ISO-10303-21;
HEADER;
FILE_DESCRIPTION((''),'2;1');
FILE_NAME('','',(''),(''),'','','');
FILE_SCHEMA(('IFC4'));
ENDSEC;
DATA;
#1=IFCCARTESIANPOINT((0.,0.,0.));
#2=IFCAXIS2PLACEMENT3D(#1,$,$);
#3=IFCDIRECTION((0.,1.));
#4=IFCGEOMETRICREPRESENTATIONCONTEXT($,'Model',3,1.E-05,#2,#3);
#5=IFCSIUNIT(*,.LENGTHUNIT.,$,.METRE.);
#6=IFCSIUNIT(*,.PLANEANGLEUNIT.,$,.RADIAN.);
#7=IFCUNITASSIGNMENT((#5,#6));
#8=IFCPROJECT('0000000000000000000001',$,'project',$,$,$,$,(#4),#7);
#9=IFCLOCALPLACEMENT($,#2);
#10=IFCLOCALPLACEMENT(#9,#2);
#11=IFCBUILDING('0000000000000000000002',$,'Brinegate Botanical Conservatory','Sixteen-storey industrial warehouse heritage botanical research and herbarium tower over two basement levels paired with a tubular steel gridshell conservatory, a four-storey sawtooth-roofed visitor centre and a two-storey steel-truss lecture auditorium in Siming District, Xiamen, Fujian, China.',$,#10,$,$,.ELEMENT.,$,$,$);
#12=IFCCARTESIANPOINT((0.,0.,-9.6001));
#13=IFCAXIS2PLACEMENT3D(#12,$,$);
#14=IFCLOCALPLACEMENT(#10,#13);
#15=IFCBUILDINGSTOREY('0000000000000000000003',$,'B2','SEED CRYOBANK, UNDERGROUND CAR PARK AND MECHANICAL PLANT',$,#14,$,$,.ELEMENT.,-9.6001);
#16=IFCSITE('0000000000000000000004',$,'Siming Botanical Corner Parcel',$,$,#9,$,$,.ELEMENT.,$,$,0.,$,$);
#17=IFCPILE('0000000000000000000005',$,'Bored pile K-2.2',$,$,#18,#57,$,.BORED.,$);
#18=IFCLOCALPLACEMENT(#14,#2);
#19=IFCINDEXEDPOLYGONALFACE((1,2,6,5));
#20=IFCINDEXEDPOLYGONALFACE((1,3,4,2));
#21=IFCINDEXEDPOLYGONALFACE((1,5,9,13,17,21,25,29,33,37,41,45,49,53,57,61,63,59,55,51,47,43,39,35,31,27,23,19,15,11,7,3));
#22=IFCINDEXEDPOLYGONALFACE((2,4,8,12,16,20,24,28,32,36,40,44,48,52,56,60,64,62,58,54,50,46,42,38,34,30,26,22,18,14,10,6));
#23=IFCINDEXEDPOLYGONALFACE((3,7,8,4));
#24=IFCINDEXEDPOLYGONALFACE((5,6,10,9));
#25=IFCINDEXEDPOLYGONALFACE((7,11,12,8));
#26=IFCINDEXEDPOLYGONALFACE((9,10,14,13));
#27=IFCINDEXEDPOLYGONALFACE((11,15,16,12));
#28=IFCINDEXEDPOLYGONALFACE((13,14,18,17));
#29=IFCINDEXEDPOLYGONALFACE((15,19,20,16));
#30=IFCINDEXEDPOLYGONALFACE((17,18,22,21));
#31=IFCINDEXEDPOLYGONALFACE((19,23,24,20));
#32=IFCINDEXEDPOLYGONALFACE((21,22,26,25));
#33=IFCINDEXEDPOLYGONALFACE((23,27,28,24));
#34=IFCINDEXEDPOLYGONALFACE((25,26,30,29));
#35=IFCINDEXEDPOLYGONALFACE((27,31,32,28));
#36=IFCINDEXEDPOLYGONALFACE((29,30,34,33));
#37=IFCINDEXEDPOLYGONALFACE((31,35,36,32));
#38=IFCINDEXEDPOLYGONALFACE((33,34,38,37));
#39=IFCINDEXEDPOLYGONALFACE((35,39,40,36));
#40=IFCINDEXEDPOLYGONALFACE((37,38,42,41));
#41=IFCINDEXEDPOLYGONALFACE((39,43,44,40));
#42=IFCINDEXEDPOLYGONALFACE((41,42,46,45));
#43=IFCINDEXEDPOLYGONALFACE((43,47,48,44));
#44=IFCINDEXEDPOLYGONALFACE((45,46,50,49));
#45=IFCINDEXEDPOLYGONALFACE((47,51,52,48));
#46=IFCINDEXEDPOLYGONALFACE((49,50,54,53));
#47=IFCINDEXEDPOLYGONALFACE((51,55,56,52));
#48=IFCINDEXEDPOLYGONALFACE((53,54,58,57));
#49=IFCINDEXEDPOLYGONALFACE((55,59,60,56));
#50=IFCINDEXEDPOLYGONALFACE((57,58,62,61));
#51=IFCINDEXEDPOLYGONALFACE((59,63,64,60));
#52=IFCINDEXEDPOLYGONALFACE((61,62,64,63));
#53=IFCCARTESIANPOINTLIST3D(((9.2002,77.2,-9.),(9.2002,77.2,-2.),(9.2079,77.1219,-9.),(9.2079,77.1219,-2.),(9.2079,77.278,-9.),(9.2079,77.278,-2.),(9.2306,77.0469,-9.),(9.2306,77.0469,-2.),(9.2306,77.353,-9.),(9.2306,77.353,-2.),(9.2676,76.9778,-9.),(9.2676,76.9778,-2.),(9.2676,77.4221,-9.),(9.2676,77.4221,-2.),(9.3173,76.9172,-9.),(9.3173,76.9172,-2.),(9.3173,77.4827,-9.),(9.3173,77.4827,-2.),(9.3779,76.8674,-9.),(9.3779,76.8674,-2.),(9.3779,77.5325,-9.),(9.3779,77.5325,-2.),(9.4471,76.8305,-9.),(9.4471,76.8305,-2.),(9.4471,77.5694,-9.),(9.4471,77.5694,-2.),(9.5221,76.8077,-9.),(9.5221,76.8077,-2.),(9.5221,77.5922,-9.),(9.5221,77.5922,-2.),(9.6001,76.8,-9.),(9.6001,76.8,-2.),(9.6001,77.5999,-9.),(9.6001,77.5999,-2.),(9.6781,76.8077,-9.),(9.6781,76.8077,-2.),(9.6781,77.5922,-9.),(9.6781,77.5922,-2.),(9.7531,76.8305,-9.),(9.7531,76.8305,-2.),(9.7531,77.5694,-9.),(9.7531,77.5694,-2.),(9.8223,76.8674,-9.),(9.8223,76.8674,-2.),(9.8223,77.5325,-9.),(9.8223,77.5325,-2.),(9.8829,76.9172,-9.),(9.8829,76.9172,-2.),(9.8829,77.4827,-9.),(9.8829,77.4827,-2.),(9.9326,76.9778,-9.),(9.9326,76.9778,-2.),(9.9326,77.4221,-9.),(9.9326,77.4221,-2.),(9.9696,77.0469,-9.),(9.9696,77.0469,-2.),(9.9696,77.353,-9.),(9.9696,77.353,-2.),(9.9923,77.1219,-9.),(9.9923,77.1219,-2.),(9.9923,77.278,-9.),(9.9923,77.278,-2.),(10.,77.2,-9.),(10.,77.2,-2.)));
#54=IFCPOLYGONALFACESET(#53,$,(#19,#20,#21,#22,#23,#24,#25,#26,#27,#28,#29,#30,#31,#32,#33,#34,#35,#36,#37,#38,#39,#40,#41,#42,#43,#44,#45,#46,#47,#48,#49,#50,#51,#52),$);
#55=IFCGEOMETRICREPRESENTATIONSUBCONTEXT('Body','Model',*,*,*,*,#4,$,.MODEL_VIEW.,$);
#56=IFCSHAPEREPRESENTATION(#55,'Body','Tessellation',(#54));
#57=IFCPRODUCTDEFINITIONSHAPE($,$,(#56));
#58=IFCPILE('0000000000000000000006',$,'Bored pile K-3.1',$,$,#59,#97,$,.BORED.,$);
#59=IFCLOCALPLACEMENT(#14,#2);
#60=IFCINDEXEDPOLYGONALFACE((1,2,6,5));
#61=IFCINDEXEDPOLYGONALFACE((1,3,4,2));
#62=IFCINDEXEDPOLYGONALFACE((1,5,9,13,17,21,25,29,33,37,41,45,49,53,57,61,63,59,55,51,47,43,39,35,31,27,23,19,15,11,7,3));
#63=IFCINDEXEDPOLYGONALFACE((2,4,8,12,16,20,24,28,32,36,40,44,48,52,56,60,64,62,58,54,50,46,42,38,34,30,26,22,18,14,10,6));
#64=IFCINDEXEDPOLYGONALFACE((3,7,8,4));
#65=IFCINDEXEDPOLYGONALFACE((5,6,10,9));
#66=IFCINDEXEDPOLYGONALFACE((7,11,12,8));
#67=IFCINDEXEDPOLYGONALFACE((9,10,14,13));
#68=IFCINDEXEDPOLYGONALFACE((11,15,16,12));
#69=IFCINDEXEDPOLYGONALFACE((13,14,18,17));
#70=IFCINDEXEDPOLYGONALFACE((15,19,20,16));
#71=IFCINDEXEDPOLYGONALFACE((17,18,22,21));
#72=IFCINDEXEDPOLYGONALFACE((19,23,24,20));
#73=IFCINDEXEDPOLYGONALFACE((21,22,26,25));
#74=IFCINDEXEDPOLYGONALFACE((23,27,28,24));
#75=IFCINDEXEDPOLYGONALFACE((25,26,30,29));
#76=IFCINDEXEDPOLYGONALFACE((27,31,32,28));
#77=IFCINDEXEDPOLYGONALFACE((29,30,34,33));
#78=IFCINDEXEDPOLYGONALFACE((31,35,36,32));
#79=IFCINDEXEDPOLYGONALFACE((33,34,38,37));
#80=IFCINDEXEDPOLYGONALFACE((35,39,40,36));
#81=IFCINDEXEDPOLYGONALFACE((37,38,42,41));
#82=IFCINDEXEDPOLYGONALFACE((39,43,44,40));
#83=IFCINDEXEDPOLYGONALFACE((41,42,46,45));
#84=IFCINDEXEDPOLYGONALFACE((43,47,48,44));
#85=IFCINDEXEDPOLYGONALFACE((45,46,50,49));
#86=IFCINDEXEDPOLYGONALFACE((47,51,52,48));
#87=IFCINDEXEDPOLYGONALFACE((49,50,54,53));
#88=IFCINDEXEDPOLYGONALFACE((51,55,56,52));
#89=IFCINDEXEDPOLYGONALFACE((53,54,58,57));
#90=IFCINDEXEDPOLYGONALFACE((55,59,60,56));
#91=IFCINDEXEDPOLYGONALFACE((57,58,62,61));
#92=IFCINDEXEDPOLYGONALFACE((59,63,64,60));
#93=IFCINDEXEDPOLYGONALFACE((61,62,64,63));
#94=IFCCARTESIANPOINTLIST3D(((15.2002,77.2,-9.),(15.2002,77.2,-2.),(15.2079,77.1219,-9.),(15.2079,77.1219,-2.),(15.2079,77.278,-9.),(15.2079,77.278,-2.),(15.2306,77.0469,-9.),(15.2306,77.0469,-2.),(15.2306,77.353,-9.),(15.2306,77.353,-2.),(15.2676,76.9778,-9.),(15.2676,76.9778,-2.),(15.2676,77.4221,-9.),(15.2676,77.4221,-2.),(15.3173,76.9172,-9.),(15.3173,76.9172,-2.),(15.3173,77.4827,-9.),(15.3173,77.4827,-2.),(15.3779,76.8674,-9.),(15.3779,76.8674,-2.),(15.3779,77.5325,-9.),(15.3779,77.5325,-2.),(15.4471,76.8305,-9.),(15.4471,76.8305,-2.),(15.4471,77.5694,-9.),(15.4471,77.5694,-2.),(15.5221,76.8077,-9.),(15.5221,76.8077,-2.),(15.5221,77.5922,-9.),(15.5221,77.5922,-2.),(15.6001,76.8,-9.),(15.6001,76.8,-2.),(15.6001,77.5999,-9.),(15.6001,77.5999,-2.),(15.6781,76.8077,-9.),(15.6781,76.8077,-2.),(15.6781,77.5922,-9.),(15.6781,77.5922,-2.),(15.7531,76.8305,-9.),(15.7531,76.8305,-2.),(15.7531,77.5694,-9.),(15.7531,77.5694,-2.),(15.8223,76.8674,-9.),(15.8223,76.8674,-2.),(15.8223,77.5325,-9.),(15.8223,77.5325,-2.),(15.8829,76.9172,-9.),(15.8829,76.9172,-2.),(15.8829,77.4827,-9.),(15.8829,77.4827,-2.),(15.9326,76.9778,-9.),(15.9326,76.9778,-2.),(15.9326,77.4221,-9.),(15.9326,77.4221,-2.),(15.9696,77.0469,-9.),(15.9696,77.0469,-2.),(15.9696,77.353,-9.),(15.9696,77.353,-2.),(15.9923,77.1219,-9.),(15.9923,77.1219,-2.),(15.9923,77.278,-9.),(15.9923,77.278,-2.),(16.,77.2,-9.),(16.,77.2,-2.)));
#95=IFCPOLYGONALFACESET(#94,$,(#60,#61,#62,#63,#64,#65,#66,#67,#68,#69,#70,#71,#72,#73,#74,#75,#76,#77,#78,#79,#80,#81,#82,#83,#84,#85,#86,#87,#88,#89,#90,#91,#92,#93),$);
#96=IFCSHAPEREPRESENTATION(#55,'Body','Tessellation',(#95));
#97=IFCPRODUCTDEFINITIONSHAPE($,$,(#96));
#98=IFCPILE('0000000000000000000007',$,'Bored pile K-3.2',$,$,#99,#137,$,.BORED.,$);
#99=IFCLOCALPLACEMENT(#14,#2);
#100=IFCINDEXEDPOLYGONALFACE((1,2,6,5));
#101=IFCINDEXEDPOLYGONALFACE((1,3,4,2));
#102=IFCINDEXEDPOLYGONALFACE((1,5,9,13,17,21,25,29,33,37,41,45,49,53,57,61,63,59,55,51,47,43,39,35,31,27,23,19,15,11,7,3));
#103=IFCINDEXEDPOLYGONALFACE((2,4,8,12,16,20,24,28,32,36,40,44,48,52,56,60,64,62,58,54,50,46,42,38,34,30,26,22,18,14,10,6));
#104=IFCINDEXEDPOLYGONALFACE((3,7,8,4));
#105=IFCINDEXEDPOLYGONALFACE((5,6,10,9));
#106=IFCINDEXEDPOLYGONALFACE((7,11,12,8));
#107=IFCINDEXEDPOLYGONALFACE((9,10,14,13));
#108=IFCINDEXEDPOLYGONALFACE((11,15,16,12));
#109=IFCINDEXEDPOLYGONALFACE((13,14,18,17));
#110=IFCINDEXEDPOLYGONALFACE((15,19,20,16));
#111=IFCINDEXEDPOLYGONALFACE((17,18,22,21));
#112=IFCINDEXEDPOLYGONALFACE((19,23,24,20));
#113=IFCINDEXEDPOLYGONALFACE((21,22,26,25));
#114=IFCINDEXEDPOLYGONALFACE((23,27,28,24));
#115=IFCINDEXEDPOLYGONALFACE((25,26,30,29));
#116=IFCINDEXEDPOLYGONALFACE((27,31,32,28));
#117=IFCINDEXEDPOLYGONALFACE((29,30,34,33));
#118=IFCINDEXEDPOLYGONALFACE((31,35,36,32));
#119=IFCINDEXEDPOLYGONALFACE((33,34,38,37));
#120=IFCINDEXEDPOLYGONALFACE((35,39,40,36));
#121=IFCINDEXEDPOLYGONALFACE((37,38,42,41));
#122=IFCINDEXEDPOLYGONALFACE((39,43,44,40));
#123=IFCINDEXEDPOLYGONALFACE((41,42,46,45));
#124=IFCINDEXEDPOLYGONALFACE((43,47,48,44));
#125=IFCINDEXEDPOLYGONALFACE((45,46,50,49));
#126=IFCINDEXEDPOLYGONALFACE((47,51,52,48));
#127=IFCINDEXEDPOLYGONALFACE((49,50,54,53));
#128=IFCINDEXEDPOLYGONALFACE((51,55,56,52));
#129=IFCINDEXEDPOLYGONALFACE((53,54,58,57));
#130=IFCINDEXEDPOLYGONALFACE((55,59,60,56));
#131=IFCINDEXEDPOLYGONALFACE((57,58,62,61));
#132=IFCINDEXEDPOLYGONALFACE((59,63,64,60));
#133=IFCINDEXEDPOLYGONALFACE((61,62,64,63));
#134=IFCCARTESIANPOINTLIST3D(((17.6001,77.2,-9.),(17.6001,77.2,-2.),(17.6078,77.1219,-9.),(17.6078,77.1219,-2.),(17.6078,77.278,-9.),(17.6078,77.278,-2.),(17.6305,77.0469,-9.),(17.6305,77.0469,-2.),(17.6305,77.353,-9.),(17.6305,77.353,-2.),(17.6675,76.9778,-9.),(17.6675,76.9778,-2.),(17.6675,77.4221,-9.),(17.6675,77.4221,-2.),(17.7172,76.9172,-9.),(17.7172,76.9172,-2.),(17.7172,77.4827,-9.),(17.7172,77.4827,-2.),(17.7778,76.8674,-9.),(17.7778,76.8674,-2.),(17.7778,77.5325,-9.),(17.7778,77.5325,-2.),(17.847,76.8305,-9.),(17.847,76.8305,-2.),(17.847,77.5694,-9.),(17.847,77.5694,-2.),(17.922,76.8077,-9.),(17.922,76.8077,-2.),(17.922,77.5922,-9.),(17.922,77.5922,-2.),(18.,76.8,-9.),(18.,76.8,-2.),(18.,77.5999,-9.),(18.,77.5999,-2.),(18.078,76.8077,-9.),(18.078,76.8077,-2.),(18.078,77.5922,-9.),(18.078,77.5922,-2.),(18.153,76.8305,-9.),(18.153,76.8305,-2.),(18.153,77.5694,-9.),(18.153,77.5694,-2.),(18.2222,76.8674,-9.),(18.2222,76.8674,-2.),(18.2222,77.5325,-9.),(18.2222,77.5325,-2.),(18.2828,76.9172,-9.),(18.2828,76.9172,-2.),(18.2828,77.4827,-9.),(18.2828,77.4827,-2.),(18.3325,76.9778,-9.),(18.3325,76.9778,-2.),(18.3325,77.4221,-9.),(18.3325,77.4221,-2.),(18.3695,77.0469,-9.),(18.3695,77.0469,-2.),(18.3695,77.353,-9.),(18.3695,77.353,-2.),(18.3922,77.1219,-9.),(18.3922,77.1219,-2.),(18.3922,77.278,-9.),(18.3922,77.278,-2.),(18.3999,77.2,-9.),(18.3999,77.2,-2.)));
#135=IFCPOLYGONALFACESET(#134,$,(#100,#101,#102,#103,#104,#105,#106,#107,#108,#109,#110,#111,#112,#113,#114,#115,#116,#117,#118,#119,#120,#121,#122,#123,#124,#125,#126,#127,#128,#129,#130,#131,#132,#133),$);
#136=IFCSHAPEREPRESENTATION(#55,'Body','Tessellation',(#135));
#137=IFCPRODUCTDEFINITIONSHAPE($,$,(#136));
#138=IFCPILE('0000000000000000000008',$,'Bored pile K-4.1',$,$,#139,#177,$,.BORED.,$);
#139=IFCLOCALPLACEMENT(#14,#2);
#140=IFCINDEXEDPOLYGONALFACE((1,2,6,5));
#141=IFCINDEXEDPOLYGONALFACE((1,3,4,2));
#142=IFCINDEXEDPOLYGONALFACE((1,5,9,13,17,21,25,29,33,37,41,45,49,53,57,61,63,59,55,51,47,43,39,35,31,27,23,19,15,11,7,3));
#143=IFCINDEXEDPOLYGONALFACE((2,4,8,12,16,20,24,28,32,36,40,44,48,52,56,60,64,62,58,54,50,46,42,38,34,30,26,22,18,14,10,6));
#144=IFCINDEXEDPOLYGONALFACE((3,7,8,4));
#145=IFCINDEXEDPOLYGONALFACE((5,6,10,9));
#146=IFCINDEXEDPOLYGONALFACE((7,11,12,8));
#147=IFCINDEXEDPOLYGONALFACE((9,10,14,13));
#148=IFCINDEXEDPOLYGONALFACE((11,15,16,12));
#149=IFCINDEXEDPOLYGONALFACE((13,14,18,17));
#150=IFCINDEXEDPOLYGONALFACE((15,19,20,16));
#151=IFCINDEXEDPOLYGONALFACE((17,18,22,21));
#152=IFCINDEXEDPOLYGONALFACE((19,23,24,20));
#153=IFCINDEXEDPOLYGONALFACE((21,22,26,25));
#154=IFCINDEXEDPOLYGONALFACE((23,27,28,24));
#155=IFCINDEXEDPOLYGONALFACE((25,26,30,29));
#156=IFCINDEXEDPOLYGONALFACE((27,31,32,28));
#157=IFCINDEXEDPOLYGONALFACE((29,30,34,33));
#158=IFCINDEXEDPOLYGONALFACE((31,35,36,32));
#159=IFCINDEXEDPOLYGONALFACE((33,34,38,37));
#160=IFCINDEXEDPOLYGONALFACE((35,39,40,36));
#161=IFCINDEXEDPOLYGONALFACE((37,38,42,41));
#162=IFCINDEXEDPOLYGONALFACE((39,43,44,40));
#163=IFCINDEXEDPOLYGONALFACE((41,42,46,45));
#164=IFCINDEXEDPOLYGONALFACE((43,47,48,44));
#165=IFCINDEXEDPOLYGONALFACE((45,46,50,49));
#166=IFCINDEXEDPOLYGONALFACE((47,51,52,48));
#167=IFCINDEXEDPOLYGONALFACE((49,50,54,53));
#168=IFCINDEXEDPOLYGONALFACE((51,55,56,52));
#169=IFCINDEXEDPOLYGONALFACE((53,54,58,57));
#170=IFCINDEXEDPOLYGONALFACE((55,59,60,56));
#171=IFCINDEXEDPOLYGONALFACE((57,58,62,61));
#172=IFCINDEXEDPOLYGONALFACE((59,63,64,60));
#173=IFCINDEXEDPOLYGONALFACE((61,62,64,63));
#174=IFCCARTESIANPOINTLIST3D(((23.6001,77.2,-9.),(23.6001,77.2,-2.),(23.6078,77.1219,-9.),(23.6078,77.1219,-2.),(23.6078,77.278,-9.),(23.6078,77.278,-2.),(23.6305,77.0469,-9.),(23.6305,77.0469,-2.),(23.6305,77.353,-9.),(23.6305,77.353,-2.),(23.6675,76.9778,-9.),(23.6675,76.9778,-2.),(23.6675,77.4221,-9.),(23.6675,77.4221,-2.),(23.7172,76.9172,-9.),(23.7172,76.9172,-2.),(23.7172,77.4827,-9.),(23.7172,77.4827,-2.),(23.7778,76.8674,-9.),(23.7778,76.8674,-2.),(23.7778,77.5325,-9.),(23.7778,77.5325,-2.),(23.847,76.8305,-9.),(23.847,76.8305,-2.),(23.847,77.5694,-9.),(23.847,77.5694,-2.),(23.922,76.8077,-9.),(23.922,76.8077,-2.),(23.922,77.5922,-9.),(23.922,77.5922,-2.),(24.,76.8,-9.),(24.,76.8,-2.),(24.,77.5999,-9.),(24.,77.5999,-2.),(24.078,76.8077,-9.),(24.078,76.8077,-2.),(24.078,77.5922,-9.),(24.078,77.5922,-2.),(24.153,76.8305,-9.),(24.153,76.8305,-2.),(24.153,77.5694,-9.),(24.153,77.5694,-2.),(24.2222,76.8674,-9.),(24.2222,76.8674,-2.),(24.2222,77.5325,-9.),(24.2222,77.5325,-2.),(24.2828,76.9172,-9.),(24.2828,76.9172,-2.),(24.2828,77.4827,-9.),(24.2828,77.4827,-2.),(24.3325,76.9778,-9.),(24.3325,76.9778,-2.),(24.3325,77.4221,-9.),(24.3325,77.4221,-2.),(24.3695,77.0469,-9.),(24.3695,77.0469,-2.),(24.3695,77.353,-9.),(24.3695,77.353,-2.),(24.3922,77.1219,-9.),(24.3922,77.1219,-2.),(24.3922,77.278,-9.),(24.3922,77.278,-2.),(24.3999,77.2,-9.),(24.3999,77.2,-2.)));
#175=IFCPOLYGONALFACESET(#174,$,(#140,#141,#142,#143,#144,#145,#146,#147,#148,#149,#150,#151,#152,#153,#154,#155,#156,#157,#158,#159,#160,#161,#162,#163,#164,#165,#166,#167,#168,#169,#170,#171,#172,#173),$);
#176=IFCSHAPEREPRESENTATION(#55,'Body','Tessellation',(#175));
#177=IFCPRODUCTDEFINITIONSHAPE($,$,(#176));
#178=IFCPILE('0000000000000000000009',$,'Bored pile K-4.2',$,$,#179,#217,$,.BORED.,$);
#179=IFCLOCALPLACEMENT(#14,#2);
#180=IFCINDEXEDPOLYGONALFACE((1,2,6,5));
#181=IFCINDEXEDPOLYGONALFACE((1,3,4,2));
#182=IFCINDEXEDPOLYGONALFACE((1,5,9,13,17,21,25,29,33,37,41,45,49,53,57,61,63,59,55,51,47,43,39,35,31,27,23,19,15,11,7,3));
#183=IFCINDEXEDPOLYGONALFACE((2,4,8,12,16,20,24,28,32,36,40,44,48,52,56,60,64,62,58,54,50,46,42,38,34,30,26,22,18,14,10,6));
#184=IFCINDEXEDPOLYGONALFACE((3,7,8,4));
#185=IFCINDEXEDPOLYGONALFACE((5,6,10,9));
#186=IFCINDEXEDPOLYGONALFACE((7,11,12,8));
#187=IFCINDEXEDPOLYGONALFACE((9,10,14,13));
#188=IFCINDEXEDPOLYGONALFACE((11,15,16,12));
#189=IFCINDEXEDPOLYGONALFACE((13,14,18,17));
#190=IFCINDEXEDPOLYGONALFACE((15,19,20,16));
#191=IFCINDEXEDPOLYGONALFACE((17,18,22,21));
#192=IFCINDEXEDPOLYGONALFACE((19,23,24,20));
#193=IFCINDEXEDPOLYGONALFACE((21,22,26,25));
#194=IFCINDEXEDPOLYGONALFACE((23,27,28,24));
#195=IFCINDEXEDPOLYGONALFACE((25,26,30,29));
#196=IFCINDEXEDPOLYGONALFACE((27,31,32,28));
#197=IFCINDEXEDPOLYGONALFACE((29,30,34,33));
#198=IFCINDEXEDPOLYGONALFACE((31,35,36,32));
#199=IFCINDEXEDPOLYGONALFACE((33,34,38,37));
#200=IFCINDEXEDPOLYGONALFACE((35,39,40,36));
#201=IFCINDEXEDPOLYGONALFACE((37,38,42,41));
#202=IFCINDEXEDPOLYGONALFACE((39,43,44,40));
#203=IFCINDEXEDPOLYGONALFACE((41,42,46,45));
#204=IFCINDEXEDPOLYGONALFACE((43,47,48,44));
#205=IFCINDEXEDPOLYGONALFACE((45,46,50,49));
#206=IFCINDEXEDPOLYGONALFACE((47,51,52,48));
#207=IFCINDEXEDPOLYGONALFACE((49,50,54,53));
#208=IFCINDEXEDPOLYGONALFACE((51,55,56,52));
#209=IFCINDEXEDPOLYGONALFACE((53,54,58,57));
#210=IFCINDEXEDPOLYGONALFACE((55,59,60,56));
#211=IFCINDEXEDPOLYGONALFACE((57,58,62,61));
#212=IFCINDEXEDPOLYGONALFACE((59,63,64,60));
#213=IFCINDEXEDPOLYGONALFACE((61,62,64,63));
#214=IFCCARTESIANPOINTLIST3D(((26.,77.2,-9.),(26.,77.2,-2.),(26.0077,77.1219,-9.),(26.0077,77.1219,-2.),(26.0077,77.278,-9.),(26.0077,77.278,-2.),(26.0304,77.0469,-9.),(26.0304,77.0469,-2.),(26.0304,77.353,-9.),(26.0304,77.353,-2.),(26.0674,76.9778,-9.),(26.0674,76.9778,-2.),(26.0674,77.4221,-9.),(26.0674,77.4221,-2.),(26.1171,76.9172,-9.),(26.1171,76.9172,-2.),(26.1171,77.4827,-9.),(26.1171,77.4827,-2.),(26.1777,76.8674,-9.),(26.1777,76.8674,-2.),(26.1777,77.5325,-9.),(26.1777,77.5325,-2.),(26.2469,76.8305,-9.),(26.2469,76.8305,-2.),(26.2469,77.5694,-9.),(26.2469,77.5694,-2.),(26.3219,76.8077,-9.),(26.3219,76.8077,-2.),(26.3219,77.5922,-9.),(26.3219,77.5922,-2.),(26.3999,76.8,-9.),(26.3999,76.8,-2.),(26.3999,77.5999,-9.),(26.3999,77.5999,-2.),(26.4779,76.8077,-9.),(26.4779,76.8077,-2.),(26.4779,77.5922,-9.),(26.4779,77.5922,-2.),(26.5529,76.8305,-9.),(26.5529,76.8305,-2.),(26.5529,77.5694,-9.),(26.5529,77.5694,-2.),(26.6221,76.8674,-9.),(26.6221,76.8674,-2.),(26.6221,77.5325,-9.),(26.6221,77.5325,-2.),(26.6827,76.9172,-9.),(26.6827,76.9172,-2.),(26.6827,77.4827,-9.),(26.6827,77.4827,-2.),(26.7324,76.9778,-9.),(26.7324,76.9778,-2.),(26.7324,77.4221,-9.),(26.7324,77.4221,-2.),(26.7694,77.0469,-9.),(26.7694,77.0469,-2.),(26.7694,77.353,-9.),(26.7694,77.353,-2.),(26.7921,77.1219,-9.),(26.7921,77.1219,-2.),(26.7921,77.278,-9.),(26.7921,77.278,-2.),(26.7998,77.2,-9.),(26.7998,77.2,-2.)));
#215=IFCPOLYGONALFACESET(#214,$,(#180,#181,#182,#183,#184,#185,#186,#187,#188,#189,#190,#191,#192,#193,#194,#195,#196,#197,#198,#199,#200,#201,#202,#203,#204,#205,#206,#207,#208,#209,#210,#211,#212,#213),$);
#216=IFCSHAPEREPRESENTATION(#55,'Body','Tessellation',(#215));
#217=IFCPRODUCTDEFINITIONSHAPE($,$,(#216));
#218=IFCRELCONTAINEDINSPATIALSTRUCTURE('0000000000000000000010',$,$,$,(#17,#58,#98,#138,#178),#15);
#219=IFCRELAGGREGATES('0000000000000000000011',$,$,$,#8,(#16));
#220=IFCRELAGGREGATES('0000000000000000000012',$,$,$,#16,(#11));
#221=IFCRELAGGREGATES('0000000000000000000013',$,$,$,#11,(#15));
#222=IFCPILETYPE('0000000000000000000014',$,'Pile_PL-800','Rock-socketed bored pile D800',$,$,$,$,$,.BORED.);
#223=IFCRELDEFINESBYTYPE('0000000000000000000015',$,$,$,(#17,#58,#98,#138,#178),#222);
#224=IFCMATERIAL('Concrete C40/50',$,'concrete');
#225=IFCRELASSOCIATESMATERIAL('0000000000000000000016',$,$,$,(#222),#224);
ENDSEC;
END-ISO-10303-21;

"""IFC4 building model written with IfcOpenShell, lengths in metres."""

from ifc_helpers import new_model, si_unit, direction, frame, origin, origin_2d, place, context, subcontext, project, spatial, circle, extrude, material, material_profile, profile_set, type_object, element, save


model = new_model("IFC4")

# Units and contexts
model_context = context("Model", 3, precision=1e-05, world=origin(), true_north=direction((0.0, 1.0)))
body_context = subcontext(model_context, "Body", "Model", "MODEL_VIEW")
ifc_project = project(units=[si_unit("LENGTHUNIT", "METRE"), si_unit("PLANEANGLEUNIT", "RADIAN")], contexts=[model_context])

# Site, building, storey
site_placement = place(None, origin())
site = spatial("IfcSite", under=ifc_project, at=site_placement, Name="Siming Botanical Corner Parcel", CompositionType="ELEMENT", RefElevation=0.0)
building_placement = place(site_placement, origin())
building = spatial("IfcBuilding", under=site, at=building_placement, Name="Brinegate Botanical Conservatory", Description="Sixteen-storey industrial warehouse heritage botanical research and herbarium tower over two basement levels paired with a tubular steel gridshell conservatory, a four-storey sawtooth-roofed visitor centre and a two-storey steel-truss lecture auditorium in Siming District, Xiamen, Fujian, China.", CompositionType="ELEMENT")
storey_placement = place(building_placement, frame((0.0, 0.0, -9.6001)))
storey = spatial("IfcBuildingStorey", under=building, at=storey_placement, Name="B2", Description="SEED CRYOBANK, UNDERGROUND CAR PARK AND MECHANICAL PLANT", CompositionType="ELEMENT", Elevation=-9.6001)

# Shared definitions
ifc_material_1 = material(Name="Concrete C40/50", Category="concrete")

# Piles
ifc_material_profile_1 = material_profile(ifc_material_1, circle(Radius=0.3999, at=origin_2d()), Name="PILE D800")
ifc_profile_set_1 = profile_set([ifc_material_profile_1], Name="Concrete C40/50")
pile_type = type_object("IfcPileType", Name="Pile_PL-800", Description="Rock-socketed bored pile D800", PredefinedType="BORED", material=ifc_profile_set_1)
for number, where, z_axis, x_axis, name in (
    (1, (9.6001, 77.2, -2.0), (0.0, 0.0, -1.0), (1.0, 0.0, 0.0), "Bored pile K-2.2"),
    (2, (15.6001, 77.2, -2.0), (0.0, 0.0, -1.0), (1.0, 0.0, 0.0), "Bored pile K-3.1"),
    (3, (18.0, 77.2, -2.0), (0.0, 0.0, -1.0), (1.0, 0.0, 0.0), "Bored pile K-3.2"),
    (4, (24.0, 77.2, -2.0), (0.0, 0.0, -1.0), (1.0, 0.0, 0.0), "Bored pile K-4.1"),
    (5, (26.3999, 77.2, -2.0), (0.0, 0.0, -1.0), (1.0, 0.0, 0.0), "Bored pile K-4.2"),
):
    element("IfcPile", number, at=place(storey_placement, frame(where, z_axis=z_axis, x_axis=x_axis)), inside=storey, type_object=pile_type, Name=name, PredefinedType="BORED", context=body_context, shape_type="SweptSolid", body=[
        extrude(circle(Radius=0.3999, at=origin_2d()), origin(), (0.0, 0.0, 1.0), 7.0),
    ])

save(model, "model.ifc")
